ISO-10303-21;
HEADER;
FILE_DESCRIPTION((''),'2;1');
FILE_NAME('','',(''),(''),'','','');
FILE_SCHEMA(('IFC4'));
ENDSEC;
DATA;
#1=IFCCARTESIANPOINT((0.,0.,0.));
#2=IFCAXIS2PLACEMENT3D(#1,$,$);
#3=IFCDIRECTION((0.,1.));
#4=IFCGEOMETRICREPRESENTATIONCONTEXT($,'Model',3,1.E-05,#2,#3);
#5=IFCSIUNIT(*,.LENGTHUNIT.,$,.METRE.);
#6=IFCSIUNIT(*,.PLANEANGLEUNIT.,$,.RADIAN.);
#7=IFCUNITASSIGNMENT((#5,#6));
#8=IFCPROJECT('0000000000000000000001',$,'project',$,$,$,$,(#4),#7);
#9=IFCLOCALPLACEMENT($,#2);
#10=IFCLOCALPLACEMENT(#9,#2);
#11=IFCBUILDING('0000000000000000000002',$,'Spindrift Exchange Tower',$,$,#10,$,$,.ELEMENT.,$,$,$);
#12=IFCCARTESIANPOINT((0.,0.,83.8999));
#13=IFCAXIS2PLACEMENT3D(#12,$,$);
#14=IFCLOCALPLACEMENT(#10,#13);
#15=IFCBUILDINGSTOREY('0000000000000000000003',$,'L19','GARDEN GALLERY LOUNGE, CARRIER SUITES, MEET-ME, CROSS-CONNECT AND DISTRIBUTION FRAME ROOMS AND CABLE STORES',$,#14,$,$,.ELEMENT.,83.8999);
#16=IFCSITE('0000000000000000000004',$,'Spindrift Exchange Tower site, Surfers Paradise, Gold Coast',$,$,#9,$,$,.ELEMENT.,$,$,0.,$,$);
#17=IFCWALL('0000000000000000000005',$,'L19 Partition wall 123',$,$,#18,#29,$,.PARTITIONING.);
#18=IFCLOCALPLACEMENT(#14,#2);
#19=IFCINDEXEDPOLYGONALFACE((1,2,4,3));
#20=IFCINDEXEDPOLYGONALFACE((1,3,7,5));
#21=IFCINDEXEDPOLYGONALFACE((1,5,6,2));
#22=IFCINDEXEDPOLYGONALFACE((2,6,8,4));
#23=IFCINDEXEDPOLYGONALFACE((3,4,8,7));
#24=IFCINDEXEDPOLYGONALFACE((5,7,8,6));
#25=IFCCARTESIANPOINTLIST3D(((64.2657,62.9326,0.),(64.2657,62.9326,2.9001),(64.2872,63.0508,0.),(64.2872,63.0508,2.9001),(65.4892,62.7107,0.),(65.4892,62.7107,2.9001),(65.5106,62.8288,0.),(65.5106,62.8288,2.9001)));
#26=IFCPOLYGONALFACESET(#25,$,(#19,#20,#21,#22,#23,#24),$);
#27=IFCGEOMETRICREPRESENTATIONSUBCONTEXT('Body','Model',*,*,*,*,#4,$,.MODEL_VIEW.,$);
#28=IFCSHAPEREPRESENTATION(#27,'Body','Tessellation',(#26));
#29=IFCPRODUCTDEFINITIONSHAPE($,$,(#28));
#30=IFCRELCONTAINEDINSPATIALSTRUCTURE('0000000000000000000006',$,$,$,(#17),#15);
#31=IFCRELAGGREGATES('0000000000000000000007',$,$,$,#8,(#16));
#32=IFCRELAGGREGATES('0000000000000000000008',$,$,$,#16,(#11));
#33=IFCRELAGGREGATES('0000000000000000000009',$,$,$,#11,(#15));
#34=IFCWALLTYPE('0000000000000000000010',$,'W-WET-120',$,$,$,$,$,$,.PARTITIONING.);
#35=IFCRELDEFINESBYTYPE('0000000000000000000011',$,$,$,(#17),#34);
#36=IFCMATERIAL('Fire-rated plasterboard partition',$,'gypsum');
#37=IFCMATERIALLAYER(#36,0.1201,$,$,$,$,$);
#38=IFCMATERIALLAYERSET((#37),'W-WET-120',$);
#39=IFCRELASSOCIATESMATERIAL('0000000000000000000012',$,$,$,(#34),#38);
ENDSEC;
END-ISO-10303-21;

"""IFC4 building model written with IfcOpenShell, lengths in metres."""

from ifc_helpers import new_model, si_unit, direction, frame, frame_2d, origin, place, context, subcontext, project, spatial, rectangle, extrude, material, layer, layer_set, type_object, element, save


model = new_model("IFC4")

# Units and contexts
model_context = context("Model", 3, precision=1e-05, world=origin(), true_north=direction((0.0, 1.0)))
body_context = subcontext(model_context, "Body", "Model", "MODEL_VIEW")
ifc_project = project(units=[si_unit("LENGTHUNIT", "METRE"), si_unit("PLANEANGLEUNIT", "RADIAN")], contexts=[model_context])

# Site, building, storey
site_placement = place(None, origin())
site = spatial("IfcSite", under=ifc_project, at=site_placement, Name="Spindrift Exchange Tower site, Surfers Paradise, Gold Coast", CompositionType="ELEMENT", RefElevation=0.0)
building_placement = place(site_placement, origin())
building = spatial("IfcBuilding", under=site, at=building_placement, Name="Spindrift Exchange Tower", CompositionType="ELEMENT")
storey_placement = place(building_placement, frame((0.0, 0.0, 83.8999)))
storey = spatial("IfcBuildingStorey", under=building, at=storey_placement, Name="L19", Description="GARDEN GALLERY LOUNGE, CARRIER SUITES, MEET-ME, CROSS-CONNECT AND DISTRIBUTION FRAME ROOMS AND CABLE STORES", CompositionType="ELEMENT", Elevation=83.8999)

# Shared definitions
ifc_material_1 = material(Name="Fire-rated plasterboard partition", Category="gypsum")

# Wall
ifc_layer_1 = layer(ifc_material_1, 0.1201)
ifc_layer_set_1 = layer_set([ifc_layer_1], Name="W-WET-120")
wall_type_1 = type_object("IfcWallType", Name="W-WET-120", PredefinedType="PARTITIONING", material=ifc_layer_set_1)
wall_1_placement = place(storey_placement, frame((65.4998, 62.7698, 0.0), z_axis=(0.0, 0.0, 1.0), x_axis=(-0.983942, 0.178488, 0.0)))
element("IfcWall", 1, at=wall_1_placement, inside=storey, type_object=wall_type_1, Name="L19 Partition wall 123", PredefinedType="PARTITIONING", context=body_context, shape_type="SweptSolid", body=[
    extrude(rectangle(XDim=1.2434, YDim=0.1201, at=frame_2d((0.6216, 0.0))), origin(), (0.0, 0.0, 1.0), 2.9001),
])

save(model, "model.ifc")
